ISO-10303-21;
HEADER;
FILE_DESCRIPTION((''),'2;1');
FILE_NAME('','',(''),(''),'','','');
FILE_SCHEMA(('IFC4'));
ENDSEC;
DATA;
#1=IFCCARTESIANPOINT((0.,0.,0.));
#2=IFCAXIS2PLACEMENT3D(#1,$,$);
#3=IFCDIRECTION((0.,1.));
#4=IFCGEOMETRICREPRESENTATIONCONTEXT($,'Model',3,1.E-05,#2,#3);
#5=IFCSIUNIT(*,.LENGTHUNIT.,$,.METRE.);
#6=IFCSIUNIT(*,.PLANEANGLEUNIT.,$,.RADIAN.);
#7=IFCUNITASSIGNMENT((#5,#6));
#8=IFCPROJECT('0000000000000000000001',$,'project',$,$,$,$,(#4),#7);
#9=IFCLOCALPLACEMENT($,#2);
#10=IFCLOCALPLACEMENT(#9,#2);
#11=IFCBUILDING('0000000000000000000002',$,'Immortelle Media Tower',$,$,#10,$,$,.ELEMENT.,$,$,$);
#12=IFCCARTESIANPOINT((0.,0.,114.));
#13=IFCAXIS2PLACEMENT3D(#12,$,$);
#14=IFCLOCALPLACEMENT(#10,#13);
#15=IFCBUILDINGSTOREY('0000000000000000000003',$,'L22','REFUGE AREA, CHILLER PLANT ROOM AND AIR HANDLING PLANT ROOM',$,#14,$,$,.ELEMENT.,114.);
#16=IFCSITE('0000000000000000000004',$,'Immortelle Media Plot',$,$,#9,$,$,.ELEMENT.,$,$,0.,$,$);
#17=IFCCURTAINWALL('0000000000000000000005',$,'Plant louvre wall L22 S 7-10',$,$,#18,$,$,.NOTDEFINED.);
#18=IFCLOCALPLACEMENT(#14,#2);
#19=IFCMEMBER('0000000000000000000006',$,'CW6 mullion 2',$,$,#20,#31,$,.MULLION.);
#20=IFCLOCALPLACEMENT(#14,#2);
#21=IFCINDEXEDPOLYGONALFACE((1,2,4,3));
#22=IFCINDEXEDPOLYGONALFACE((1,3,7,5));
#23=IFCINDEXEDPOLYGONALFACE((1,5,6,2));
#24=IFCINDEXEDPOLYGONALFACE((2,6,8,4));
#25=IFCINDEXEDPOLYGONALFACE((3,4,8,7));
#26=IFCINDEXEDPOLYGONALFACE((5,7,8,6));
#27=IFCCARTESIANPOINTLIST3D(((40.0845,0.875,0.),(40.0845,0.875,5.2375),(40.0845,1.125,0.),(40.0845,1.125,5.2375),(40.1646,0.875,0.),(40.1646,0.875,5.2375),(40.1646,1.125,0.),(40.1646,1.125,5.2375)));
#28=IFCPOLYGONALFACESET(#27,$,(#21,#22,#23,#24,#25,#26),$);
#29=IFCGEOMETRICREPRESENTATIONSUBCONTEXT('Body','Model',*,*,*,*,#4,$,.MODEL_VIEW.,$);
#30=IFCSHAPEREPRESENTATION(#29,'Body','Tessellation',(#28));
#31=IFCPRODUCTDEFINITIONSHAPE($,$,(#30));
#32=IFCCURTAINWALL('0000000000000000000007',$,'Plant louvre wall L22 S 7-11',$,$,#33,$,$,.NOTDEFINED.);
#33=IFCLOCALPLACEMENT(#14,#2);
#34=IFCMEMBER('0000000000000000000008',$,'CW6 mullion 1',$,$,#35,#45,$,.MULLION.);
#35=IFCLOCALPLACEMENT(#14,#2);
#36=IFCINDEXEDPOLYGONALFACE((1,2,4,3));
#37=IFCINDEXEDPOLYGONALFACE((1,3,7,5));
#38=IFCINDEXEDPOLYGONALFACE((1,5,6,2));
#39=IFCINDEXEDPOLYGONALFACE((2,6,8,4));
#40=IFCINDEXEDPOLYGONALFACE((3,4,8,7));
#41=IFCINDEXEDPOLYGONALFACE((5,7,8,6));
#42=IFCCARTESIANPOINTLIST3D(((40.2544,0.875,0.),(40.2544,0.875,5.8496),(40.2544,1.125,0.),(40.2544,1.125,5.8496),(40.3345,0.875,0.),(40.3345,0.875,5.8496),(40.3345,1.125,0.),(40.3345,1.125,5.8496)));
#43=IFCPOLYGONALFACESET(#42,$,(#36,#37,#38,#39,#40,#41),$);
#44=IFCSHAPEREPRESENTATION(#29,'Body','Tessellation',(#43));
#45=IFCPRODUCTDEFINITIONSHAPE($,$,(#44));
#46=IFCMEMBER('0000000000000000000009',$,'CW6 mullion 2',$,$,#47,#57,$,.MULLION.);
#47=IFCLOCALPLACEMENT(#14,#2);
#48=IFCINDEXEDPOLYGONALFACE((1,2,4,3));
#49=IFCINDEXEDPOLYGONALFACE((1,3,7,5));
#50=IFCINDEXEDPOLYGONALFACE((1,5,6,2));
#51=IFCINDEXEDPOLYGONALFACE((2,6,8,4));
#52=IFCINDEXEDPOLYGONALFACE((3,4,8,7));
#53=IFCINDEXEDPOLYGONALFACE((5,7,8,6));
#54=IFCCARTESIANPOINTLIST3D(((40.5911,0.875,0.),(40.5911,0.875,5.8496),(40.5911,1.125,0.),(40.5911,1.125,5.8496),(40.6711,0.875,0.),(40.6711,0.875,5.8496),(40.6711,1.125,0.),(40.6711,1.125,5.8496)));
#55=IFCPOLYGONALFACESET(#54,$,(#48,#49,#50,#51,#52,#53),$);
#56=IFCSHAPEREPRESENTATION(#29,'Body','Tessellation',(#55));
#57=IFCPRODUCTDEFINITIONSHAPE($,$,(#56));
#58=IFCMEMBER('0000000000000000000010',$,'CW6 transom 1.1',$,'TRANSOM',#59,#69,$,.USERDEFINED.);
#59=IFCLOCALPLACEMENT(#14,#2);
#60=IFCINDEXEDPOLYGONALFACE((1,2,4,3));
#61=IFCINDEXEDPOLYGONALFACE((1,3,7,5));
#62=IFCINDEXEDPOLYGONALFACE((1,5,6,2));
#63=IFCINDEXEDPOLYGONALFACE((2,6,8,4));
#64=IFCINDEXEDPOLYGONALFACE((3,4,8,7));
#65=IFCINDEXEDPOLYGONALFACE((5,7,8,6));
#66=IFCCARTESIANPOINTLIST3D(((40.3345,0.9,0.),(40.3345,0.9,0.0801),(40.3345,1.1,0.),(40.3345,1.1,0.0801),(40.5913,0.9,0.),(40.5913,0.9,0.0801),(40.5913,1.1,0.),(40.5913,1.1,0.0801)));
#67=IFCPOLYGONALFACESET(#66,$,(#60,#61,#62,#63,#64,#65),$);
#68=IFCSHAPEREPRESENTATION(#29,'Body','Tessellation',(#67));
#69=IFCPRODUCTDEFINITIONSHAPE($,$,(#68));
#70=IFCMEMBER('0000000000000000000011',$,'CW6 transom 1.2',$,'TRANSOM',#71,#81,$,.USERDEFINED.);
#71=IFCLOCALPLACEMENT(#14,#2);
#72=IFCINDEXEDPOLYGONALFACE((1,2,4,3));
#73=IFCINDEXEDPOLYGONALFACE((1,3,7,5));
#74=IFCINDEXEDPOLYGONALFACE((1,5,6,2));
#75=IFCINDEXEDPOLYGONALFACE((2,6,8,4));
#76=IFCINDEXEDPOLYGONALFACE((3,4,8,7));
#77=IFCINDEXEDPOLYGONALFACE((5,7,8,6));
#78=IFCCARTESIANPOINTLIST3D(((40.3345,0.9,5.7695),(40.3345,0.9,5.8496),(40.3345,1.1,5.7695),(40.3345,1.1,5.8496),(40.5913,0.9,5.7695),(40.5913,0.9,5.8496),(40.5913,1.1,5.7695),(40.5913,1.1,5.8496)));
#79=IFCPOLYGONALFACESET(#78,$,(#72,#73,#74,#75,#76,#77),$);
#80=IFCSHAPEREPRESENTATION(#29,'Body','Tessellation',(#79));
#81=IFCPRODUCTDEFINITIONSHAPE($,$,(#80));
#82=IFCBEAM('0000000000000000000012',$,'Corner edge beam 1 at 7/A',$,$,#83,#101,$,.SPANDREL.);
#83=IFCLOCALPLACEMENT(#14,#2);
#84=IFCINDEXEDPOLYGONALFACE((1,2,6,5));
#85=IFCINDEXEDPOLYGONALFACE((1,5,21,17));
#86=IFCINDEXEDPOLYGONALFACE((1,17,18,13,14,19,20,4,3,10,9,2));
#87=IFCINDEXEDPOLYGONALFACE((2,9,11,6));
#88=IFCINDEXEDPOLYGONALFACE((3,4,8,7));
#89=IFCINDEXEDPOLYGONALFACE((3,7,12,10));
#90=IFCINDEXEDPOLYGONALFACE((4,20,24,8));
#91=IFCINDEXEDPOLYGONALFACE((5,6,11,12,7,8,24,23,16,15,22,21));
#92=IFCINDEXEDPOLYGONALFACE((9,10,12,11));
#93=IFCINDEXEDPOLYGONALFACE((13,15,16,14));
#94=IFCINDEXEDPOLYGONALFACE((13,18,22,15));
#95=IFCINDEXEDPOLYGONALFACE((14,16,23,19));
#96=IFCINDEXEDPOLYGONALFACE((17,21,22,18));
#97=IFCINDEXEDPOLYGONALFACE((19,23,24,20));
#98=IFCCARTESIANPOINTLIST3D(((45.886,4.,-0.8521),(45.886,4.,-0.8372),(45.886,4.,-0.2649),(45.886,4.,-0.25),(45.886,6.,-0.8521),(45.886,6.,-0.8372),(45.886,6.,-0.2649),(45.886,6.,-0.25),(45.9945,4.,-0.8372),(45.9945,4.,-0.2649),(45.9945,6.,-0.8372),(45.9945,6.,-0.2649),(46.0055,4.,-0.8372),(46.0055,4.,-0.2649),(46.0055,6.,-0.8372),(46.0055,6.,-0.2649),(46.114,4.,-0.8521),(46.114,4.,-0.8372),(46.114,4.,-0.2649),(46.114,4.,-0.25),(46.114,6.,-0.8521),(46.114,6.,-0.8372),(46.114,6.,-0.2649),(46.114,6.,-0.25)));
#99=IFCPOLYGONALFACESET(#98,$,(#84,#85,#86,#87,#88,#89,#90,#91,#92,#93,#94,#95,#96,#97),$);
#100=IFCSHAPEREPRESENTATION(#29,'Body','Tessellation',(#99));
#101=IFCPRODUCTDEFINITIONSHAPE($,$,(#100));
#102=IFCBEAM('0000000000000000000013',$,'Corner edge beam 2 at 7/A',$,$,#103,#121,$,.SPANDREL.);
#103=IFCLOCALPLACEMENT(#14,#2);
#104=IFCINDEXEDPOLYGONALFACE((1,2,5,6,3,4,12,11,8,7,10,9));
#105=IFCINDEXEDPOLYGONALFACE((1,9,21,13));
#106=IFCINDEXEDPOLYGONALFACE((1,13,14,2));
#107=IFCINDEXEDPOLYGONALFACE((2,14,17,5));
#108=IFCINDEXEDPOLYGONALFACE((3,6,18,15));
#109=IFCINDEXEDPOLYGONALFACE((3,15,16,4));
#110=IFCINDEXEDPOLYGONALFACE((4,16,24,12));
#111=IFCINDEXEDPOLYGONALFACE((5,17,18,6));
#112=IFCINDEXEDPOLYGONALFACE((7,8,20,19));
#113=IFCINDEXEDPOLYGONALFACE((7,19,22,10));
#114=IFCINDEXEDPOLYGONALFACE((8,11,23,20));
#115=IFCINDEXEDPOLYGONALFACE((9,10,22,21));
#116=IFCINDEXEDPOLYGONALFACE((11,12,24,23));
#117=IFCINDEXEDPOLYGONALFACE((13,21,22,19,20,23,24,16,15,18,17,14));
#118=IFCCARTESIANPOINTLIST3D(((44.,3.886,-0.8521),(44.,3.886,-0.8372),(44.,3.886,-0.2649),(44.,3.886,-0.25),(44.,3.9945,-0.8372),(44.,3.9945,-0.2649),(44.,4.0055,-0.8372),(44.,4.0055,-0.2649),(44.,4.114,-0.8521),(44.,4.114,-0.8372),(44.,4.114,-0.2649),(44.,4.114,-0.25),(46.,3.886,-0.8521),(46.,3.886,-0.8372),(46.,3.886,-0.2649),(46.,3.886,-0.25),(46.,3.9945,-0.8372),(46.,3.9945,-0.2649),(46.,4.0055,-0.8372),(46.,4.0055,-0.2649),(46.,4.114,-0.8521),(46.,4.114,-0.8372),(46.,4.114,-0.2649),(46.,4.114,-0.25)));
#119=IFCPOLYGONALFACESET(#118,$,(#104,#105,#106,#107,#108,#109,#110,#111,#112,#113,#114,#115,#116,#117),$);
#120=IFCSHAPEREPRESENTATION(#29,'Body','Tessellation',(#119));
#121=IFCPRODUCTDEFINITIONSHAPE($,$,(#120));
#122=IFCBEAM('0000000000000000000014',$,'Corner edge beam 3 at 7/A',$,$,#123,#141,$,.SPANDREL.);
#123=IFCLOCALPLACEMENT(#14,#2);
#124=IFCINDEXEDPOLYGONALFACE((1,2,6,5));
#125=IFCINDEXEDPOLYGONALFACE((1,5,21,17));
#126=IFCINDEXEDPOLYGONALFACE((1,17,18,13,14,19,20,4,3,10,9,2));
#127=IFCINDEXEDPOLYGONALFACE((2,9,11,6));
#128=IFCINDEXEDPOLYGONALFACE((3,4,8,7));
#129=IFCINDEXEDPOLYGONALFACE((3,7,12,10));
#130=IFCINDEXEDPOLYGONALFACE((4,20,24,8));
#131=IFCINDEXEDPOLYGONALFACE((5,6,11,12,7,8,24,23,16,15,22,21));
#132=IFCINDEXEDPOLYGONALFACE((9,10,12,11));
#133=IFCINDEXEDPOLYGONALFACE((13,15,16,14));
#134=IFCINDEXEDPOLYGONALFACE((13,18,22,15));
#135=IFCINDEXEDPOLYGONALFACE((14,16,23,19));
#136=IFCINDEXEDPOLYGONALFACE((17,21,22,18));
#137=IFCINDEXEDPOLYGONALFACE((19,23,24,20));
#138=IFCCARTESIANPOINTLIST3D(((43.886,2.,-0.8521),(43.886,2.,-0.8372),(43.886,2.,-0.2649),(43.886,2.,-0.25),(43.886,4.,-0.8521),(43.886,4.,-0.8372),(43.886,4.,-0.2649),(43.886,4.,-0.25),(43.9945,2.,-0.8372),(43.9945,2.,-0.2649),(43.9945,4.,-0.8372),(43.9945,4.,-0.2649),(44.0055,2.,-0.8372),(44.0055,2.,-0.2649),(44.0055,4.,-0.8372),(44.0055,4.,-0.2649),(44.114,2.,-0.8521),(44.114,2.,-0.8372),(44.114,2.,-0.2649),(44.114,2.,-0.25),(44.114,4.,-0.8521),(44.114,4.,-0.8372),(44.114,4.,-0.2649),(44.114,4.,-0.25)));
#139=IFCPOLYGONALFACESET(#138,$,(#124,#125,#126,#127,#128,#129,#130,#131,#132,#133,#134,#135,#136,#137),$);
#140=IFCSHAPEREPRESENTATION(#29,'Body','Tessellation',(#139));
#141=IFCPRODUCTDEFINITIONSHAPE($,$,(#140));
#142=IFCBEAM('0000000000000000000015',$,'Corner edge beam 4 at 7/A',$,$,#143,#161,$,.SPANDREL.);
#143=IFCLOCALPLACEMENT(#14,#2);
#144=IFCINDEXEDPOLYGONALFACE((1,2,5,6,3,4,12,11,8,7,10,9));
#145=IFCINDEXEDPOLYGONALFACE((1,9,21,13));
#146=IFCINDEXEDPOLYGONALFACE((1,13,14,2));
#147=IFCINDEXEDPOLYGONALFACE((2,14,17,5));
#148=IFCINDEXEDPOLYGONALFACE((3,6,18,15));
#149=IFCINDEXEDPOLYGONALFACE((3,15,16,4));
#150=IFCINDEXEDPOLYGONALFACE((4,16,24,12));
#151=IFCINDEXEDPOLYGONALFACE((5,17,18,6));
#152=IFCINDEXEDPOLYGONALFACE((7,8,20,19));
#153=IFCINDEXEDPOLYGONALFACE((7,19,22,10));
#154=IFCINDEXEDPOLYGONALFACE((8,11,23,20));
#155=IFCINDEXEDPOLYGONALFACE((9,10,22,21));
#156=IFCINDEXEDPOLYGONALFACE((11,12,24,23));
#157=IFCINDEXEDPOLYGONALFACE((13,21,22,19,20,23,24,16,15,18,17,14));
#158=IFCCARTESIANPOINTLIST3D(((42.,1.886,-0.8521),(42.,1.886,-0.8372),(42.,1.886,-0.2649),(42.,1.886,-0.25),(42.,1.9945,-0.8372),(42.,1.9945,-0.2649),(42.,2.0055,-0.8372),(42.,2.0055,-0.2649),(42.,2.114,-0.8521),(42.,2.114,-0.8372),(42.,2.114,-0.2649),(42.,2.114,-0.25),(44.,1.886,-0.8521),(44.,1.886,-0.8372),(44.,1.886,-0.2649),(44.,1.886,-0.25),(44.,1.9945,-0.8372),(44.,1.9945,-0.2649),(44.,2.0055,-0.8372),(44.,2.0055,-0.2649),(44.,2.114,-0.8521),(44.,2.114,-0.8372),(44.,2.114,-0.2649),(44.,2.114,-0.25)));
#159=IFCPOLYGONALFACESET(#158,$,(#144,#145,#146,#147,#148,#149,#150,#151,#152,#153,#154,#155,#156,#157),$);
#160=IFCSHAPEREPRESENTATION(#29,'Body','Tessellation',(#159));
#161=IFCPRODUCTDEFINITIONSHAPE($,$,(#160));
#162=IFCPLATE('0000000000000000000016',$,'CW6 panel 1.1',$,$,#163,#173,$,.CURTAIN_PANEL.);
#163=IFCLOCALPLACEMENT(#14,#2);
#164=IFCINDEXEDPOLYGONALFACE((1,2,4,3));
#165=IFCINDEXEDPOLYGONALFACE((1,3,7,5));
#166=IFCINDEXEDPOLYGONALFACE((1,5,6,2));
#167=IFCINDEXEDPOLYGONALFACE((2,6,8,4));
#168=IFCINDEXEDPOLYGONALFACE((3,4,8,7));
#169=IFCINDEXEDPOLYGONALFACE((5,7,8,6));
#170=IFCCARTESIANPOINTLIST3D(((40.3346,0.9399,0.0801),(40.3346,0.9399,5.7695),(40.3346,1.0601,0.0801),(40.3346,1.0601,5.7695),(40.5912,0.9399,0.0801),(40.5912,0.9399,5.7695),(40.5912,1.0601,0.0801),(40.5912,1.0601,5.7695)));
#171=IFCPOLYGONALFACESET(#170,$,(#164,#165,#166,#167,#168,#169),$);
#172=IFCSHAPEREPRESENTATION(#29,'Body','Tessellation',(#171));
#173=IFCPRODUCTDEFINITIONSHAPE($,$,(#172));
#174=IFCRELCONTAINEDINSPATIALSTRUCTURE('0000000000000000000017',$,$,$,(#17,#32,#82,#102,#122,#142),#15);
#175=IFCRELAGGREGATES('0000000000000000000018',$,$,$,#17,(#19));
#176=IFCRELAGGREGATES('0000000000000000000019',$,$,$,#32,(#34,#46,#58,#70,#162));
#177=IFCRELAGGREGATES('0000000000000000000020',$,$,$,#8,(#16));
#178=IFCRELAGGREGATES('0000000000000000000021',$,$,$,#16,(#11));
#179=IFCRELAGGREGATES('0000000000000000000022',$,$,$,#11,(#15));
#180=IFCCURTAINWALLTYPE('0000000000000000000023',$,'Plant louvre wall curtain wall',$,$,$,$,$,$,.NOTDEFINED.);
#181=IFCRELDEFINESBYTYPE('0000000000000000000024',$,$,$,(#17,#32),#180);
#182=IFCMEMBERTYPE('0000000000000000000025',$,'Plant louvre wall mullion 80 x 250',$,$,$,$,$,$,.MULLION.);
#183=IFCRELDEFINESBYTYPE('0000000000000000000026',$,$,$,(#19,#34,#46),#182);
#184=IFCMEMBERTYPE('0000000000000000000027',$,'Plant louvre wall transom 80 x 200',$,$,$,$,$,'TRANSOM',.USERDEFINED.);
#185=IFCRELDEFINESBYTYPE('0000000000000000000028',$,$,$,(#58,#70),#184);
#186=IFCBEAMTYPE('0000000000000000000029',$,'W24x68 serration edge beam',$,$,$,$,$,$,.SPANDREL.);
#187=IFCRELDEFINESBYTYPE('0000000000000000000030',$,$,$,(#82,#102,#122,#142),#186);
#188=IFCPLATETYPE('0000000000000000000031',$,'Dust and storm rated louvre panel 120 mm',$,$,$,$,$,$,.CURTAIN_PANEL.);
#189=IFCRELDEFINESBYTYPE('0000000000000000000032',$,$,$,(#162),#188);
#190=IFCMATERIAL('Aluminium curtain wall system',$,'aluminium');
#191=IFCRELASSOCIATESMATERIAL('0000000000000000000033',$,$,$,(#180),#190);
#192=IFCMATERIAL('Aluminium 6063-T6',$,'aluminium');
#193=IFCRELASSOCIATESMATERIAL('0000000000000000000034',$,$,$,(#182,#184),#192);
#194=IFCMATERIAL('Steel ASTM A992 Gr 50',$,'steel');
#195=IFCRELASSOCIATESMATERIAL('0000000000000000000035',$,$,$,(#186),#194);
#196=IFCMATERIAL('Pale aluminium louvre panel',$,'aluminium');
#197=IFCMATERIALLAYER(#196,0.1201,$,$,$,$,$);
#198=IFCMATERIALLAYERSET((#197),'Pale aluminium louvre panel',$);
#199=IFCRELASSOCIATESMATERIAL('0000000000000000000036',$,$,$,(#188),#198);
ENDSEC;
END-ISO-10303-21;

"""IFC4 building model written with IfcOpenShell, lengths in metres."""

from ifc_helpers import new_model, si_unit, direction, frame, origin, origin_2d, place, context, subcontext, project, spatial, rectangle, i_section, extrude, material, layer, layer_set, material_profile, profile_set, type_object, element, aggregate, save


model = new_model("IFC4")

# Units and contexts
model_context = context("Model", 3, precision=1e-05, world=origin(), true_north=direction((0.0, 1.0)))
body_context = subcontext(model_context, "Body", "Model", "MODEL_VIEW")
ifc_project = project(units=[si_unit("LENGTHUNIT", "METRE"), si_unit("PLANEANGLEUNIT", "RADIAN")], contexts=[model_context])

# Site, building, storey
site_placement = place(None, origin())
site = spatial("IfcSite", under=ifc_project, at=site_placement, Name="Immortelle Media Plot", CompositionType="ELEMENT", RefElevation=0.0)
building_placement = place(site_placement, origin())
building = spatial("IfcBuilding", under=site, at=building_placement, Name="Immortelle Media Tower", CompositionType="ELEMENT")
storey_placement = place(building_placement, frame((0.0, 0.0, 114.0)))
storey = spatial("IfcBuildingStorey", under=building, at=storey_placement, Name="L22", Description="REFUGE AREA, CHILLER PLANT ROOM AND AIR HANDLING PLANT ROOM", CompositionType="ELEMENT", Elevation=114.0)

# Curtain wall, member
ifc_material_1 = material(Name="Aluminium curtain wall system", Category="aluminium")
curtain_wall_type = type_object("IfcCurtainWallType", Name="Plant louvre wall curtain wall", PredefinedType="NOTDEFINED", material=ifc_material_1)
curtain_wall_1_placement = place(storey_placement, origin())
curtain_wall_1 = element("IfcCurtainWall", 1, at=curtain_wall_1_placement, inside=storey, type_object=curtain_wall_type, Name="Plant louvre wall L22 S 7-10", PredefinedType="NOTDEFINED")
ifc_material_2 = material(Name="Aluminium 6063-T6", Category="aluminium")
ifc_material_profile_1 = material_profile(ifc_material_2, rectangle(XDim=0.25, YDim=0.0801, at=origin_2d()), Name="AL 80x250")
ifc_profile_set_1 = profile_set([ifc_material_profile_1], Name="Aluminium 6063-T6")
member_type_1 = type_object("IfcMemberType", Name="Plant louvre wall mullion 80 x 250", PredefinedType="MULLION", material=ifc_profile_set_1)
member_1_placement = place(storey_placement, frame((40.1245, 1.0, 0.0), z_axis=(0.0, 0.0, 1.0), x_axis=(0.0, 1.0, 0.0)))
member_1 = element("IfcMember", 2, at=member_1_placement, type_object=member_type_1, Name="CW6 mullion 2", PredefinedType="MULLION", context=body_context, shape_type="SweptSolid", body=[
    extrude(rectangle(XDim=0.25, YDim=0.0801, at=origin_2d()), origin(), (0.0, 0.0, 1.0), 5.2375),
])
aggregate(curtain_wall_1, [member_1])

# Curtain wall, members
curtain_wall_2_placement = place(storey_placement, origin())
curtain_wall_2 = element("IfcCurtainWall", 3, at=curtain_wall_2_placement, inside=storey, type_object=curtain_wall_type, Name="Plant louvre wall L22 S 7-11", PredefinedType="NOTDEFINED")
member_2_placement = place(storey_placement, frame((40.2944, 1.0, 0.0), z_axis=(0.0, 0.0, 1.0), x_axis=(0.0, 1.0, 0.0)))
member_2 = element("IfcMember", 4, at=member_2_placement, type_object=member_type_1, Name="CW6 mullion 1", PredefinedType="MULLION", context=body_context, shape_type="SweptSolid", body=[
    extrude(rectangle(XDim=0.25, YDim=0.0801, at=origin_2d()), origin(), (0.0, 0.0, 1.0), 5.8496),
])
member_3_placement = place(storey_placement, frame((40.6311, 1.0, 0.0), z_axis=(0.0, 0.0, 1.0), x_axis=(0.0, 1.0, 0.0)))
member_3 = element("IfcMember", 5, at=member_3_placement, type_object=member_type_1, Name="CW6 mullion 2", PredefinedType="MULLION", context=body_context, shape_type="SweptSolid", body=[
    extrude(rectangle(XDim=0.25, YDim=0.0801, at=origin_2d()), origin(), (0.0, 0.0, 1.0), 5.8496),
])
ifc_material_profile_2 = material_profile(ifc_material_2, rectangle(XDim=0.2, YDim=0.0801, at=origin_2d()), Name="AL 80x200")
ifc_profile_set_2 = profile_set([ifc_material_profile_2], Name="Aluminium 6063-T6")
member_type_2 = type_object("IfcMemberType", Name="Plant louvre wall transom 80 x 200", ElementType="TRANSOM", PredefinedType="USERDEFINED", material=ifc_profile_set_2)
member_4_placement = place(storey_placement, frame((40.3345, 1.0, 0.04), z_axis=(1.0, 0.0, 0.0), x_axis=(0.0, 1.0, 0.0)))
member_4 = element("IfcMember", 6, at=member_4_placement, type_object=member_type_2, Name="CW6 transom 1.1", ObjectType="TRANSOM", PredefinedType="USERDEFINED", context=body_context, shape_type="SweptSolid", body=[
    extrude(rectangle(XDim=0.2, YDim=0.0801, at=origin_2d()), origin(), (0.0, 0.0, 1.0), 0.2568),
])
member_5_placement = place(storey_placement, frame((40.3345, 1.0, 5.8096), z_axis=(1.0, 0.0, 0.0), x_axis=(0.0, 1.0, 0.0)))
member_5 = element("IfcMember", 7, at=member_5_placement, type_object=member_type_2, Name="CW6 transom 1.2", ObjectType="TRANSOM", PredefinedType="USERDEFINED", context=body_context, shape_type="SweptSolid", body=[
    extrude(rectangle(XDim=0.2, YDim=0.0801, at=origin_2d()), origin(), (0.0, 0.0, 1.0), 0.2568),
])

# Beams
ifc_material_3 = material(Name="Steel ASTM A992 Gr 50", Category="steel")
ifc_material_profile_3 = material_profile(ifc_material_3, i_section(OverallWidth=0.228, OverallDepth=0.6021, WebThickness=0.011, FlangeThickness=0.0149, at=origin_2d()), Name="W24x68")
ifc_profile_set_3 = profile_set([ifc_material_profile_3], Name="Steel ASTM A992 Gr 50")
beam_type = type_object("IfcBeamType", Name="W24x68 serration edge beam", PredefinedType="SPANDREL", material=ifc_profile_set_3)
for number, where, z_axis, x_axis, name in (
    (8, (46.0, 6.0, -0.551), (0.0, -1.0, 0.0), (1.0, 0.0, 0.0), "Corner edge beam 1 at 7/A"),
    (9, (46.0, 4.0, -0.551), (-1.0, 0.0, 0.0), (0.0, -1.0, 0.0), "Corner edge beam 2 at 7/A"),
    (10, (44.0, 4.0, -0.551), (0.0, -1.0, 0.0), (1.0, 0.0, 0.0), "Corner edge beam 3 at 7/A"),
    (11, (44.0, 2.0, -0.551), (-1.0, 0.0, 0.0), (0.0, -1.0, 0.0), "Corner edge beam 4 at 7/A"),
):
    element("IfcBeam", number, at=place(storey_placement, frame(where, z_axis=z_axis, x_axis=x_axis)), inside=storey, type_object=beam_type, Name=name, PredefinedType="SPANDREL", context=body_context, shape_type="SweptSolid", body=[
        extrude(i_section(OverallWidth=0.228, OverallDepth=0.6021, WebThickness=0.011, FlangeThickness=0.0149, at=origin_2d()), origin(), (0.0, 0.0, 1.0), 2.0),
    ])

# Plate
ifc_material_4 = material(Name="Pale aluminium louvre panel", Category="aluminium")
ifc_layer_1 = layer(ifc_material_4, 0.1201)
ifc_layer_set_1 = layer_set([ifc_layer_1], Name="Pale aluminium louvre panel")
plate_type = type_object("IfcPlateType", Name="Dust and storm rated louvre panel 120 mm", PredefinedType="CURTAIN_PANEL", material=ifc_layer_set_1)
plate_placement = place(storey_placement, frame((40.4629, 1.0, 0.0801), z_axis=(0.0, 0.0, 1.0), x_axis=(1.0, 0.0, 0.0)))
plate = element("IfcPlate", 12, at=plate_placement, type_object=plate_type, Name="CW6 panel 1.1", PredefinedType="CURTAIN_PANEL", context=body_context, shape_type="SweptSolid", body=[
    extrude(rectangle(XDim=0.2566, YDim=0.1201, at=origin_2d()), origin(), (0.0, 0.0, 1.0), 5.6895),
])
aggregate(curtain_wall_2, [member_2, member_3, member_4, member_5, plate])

save(model, "model.ifc")
